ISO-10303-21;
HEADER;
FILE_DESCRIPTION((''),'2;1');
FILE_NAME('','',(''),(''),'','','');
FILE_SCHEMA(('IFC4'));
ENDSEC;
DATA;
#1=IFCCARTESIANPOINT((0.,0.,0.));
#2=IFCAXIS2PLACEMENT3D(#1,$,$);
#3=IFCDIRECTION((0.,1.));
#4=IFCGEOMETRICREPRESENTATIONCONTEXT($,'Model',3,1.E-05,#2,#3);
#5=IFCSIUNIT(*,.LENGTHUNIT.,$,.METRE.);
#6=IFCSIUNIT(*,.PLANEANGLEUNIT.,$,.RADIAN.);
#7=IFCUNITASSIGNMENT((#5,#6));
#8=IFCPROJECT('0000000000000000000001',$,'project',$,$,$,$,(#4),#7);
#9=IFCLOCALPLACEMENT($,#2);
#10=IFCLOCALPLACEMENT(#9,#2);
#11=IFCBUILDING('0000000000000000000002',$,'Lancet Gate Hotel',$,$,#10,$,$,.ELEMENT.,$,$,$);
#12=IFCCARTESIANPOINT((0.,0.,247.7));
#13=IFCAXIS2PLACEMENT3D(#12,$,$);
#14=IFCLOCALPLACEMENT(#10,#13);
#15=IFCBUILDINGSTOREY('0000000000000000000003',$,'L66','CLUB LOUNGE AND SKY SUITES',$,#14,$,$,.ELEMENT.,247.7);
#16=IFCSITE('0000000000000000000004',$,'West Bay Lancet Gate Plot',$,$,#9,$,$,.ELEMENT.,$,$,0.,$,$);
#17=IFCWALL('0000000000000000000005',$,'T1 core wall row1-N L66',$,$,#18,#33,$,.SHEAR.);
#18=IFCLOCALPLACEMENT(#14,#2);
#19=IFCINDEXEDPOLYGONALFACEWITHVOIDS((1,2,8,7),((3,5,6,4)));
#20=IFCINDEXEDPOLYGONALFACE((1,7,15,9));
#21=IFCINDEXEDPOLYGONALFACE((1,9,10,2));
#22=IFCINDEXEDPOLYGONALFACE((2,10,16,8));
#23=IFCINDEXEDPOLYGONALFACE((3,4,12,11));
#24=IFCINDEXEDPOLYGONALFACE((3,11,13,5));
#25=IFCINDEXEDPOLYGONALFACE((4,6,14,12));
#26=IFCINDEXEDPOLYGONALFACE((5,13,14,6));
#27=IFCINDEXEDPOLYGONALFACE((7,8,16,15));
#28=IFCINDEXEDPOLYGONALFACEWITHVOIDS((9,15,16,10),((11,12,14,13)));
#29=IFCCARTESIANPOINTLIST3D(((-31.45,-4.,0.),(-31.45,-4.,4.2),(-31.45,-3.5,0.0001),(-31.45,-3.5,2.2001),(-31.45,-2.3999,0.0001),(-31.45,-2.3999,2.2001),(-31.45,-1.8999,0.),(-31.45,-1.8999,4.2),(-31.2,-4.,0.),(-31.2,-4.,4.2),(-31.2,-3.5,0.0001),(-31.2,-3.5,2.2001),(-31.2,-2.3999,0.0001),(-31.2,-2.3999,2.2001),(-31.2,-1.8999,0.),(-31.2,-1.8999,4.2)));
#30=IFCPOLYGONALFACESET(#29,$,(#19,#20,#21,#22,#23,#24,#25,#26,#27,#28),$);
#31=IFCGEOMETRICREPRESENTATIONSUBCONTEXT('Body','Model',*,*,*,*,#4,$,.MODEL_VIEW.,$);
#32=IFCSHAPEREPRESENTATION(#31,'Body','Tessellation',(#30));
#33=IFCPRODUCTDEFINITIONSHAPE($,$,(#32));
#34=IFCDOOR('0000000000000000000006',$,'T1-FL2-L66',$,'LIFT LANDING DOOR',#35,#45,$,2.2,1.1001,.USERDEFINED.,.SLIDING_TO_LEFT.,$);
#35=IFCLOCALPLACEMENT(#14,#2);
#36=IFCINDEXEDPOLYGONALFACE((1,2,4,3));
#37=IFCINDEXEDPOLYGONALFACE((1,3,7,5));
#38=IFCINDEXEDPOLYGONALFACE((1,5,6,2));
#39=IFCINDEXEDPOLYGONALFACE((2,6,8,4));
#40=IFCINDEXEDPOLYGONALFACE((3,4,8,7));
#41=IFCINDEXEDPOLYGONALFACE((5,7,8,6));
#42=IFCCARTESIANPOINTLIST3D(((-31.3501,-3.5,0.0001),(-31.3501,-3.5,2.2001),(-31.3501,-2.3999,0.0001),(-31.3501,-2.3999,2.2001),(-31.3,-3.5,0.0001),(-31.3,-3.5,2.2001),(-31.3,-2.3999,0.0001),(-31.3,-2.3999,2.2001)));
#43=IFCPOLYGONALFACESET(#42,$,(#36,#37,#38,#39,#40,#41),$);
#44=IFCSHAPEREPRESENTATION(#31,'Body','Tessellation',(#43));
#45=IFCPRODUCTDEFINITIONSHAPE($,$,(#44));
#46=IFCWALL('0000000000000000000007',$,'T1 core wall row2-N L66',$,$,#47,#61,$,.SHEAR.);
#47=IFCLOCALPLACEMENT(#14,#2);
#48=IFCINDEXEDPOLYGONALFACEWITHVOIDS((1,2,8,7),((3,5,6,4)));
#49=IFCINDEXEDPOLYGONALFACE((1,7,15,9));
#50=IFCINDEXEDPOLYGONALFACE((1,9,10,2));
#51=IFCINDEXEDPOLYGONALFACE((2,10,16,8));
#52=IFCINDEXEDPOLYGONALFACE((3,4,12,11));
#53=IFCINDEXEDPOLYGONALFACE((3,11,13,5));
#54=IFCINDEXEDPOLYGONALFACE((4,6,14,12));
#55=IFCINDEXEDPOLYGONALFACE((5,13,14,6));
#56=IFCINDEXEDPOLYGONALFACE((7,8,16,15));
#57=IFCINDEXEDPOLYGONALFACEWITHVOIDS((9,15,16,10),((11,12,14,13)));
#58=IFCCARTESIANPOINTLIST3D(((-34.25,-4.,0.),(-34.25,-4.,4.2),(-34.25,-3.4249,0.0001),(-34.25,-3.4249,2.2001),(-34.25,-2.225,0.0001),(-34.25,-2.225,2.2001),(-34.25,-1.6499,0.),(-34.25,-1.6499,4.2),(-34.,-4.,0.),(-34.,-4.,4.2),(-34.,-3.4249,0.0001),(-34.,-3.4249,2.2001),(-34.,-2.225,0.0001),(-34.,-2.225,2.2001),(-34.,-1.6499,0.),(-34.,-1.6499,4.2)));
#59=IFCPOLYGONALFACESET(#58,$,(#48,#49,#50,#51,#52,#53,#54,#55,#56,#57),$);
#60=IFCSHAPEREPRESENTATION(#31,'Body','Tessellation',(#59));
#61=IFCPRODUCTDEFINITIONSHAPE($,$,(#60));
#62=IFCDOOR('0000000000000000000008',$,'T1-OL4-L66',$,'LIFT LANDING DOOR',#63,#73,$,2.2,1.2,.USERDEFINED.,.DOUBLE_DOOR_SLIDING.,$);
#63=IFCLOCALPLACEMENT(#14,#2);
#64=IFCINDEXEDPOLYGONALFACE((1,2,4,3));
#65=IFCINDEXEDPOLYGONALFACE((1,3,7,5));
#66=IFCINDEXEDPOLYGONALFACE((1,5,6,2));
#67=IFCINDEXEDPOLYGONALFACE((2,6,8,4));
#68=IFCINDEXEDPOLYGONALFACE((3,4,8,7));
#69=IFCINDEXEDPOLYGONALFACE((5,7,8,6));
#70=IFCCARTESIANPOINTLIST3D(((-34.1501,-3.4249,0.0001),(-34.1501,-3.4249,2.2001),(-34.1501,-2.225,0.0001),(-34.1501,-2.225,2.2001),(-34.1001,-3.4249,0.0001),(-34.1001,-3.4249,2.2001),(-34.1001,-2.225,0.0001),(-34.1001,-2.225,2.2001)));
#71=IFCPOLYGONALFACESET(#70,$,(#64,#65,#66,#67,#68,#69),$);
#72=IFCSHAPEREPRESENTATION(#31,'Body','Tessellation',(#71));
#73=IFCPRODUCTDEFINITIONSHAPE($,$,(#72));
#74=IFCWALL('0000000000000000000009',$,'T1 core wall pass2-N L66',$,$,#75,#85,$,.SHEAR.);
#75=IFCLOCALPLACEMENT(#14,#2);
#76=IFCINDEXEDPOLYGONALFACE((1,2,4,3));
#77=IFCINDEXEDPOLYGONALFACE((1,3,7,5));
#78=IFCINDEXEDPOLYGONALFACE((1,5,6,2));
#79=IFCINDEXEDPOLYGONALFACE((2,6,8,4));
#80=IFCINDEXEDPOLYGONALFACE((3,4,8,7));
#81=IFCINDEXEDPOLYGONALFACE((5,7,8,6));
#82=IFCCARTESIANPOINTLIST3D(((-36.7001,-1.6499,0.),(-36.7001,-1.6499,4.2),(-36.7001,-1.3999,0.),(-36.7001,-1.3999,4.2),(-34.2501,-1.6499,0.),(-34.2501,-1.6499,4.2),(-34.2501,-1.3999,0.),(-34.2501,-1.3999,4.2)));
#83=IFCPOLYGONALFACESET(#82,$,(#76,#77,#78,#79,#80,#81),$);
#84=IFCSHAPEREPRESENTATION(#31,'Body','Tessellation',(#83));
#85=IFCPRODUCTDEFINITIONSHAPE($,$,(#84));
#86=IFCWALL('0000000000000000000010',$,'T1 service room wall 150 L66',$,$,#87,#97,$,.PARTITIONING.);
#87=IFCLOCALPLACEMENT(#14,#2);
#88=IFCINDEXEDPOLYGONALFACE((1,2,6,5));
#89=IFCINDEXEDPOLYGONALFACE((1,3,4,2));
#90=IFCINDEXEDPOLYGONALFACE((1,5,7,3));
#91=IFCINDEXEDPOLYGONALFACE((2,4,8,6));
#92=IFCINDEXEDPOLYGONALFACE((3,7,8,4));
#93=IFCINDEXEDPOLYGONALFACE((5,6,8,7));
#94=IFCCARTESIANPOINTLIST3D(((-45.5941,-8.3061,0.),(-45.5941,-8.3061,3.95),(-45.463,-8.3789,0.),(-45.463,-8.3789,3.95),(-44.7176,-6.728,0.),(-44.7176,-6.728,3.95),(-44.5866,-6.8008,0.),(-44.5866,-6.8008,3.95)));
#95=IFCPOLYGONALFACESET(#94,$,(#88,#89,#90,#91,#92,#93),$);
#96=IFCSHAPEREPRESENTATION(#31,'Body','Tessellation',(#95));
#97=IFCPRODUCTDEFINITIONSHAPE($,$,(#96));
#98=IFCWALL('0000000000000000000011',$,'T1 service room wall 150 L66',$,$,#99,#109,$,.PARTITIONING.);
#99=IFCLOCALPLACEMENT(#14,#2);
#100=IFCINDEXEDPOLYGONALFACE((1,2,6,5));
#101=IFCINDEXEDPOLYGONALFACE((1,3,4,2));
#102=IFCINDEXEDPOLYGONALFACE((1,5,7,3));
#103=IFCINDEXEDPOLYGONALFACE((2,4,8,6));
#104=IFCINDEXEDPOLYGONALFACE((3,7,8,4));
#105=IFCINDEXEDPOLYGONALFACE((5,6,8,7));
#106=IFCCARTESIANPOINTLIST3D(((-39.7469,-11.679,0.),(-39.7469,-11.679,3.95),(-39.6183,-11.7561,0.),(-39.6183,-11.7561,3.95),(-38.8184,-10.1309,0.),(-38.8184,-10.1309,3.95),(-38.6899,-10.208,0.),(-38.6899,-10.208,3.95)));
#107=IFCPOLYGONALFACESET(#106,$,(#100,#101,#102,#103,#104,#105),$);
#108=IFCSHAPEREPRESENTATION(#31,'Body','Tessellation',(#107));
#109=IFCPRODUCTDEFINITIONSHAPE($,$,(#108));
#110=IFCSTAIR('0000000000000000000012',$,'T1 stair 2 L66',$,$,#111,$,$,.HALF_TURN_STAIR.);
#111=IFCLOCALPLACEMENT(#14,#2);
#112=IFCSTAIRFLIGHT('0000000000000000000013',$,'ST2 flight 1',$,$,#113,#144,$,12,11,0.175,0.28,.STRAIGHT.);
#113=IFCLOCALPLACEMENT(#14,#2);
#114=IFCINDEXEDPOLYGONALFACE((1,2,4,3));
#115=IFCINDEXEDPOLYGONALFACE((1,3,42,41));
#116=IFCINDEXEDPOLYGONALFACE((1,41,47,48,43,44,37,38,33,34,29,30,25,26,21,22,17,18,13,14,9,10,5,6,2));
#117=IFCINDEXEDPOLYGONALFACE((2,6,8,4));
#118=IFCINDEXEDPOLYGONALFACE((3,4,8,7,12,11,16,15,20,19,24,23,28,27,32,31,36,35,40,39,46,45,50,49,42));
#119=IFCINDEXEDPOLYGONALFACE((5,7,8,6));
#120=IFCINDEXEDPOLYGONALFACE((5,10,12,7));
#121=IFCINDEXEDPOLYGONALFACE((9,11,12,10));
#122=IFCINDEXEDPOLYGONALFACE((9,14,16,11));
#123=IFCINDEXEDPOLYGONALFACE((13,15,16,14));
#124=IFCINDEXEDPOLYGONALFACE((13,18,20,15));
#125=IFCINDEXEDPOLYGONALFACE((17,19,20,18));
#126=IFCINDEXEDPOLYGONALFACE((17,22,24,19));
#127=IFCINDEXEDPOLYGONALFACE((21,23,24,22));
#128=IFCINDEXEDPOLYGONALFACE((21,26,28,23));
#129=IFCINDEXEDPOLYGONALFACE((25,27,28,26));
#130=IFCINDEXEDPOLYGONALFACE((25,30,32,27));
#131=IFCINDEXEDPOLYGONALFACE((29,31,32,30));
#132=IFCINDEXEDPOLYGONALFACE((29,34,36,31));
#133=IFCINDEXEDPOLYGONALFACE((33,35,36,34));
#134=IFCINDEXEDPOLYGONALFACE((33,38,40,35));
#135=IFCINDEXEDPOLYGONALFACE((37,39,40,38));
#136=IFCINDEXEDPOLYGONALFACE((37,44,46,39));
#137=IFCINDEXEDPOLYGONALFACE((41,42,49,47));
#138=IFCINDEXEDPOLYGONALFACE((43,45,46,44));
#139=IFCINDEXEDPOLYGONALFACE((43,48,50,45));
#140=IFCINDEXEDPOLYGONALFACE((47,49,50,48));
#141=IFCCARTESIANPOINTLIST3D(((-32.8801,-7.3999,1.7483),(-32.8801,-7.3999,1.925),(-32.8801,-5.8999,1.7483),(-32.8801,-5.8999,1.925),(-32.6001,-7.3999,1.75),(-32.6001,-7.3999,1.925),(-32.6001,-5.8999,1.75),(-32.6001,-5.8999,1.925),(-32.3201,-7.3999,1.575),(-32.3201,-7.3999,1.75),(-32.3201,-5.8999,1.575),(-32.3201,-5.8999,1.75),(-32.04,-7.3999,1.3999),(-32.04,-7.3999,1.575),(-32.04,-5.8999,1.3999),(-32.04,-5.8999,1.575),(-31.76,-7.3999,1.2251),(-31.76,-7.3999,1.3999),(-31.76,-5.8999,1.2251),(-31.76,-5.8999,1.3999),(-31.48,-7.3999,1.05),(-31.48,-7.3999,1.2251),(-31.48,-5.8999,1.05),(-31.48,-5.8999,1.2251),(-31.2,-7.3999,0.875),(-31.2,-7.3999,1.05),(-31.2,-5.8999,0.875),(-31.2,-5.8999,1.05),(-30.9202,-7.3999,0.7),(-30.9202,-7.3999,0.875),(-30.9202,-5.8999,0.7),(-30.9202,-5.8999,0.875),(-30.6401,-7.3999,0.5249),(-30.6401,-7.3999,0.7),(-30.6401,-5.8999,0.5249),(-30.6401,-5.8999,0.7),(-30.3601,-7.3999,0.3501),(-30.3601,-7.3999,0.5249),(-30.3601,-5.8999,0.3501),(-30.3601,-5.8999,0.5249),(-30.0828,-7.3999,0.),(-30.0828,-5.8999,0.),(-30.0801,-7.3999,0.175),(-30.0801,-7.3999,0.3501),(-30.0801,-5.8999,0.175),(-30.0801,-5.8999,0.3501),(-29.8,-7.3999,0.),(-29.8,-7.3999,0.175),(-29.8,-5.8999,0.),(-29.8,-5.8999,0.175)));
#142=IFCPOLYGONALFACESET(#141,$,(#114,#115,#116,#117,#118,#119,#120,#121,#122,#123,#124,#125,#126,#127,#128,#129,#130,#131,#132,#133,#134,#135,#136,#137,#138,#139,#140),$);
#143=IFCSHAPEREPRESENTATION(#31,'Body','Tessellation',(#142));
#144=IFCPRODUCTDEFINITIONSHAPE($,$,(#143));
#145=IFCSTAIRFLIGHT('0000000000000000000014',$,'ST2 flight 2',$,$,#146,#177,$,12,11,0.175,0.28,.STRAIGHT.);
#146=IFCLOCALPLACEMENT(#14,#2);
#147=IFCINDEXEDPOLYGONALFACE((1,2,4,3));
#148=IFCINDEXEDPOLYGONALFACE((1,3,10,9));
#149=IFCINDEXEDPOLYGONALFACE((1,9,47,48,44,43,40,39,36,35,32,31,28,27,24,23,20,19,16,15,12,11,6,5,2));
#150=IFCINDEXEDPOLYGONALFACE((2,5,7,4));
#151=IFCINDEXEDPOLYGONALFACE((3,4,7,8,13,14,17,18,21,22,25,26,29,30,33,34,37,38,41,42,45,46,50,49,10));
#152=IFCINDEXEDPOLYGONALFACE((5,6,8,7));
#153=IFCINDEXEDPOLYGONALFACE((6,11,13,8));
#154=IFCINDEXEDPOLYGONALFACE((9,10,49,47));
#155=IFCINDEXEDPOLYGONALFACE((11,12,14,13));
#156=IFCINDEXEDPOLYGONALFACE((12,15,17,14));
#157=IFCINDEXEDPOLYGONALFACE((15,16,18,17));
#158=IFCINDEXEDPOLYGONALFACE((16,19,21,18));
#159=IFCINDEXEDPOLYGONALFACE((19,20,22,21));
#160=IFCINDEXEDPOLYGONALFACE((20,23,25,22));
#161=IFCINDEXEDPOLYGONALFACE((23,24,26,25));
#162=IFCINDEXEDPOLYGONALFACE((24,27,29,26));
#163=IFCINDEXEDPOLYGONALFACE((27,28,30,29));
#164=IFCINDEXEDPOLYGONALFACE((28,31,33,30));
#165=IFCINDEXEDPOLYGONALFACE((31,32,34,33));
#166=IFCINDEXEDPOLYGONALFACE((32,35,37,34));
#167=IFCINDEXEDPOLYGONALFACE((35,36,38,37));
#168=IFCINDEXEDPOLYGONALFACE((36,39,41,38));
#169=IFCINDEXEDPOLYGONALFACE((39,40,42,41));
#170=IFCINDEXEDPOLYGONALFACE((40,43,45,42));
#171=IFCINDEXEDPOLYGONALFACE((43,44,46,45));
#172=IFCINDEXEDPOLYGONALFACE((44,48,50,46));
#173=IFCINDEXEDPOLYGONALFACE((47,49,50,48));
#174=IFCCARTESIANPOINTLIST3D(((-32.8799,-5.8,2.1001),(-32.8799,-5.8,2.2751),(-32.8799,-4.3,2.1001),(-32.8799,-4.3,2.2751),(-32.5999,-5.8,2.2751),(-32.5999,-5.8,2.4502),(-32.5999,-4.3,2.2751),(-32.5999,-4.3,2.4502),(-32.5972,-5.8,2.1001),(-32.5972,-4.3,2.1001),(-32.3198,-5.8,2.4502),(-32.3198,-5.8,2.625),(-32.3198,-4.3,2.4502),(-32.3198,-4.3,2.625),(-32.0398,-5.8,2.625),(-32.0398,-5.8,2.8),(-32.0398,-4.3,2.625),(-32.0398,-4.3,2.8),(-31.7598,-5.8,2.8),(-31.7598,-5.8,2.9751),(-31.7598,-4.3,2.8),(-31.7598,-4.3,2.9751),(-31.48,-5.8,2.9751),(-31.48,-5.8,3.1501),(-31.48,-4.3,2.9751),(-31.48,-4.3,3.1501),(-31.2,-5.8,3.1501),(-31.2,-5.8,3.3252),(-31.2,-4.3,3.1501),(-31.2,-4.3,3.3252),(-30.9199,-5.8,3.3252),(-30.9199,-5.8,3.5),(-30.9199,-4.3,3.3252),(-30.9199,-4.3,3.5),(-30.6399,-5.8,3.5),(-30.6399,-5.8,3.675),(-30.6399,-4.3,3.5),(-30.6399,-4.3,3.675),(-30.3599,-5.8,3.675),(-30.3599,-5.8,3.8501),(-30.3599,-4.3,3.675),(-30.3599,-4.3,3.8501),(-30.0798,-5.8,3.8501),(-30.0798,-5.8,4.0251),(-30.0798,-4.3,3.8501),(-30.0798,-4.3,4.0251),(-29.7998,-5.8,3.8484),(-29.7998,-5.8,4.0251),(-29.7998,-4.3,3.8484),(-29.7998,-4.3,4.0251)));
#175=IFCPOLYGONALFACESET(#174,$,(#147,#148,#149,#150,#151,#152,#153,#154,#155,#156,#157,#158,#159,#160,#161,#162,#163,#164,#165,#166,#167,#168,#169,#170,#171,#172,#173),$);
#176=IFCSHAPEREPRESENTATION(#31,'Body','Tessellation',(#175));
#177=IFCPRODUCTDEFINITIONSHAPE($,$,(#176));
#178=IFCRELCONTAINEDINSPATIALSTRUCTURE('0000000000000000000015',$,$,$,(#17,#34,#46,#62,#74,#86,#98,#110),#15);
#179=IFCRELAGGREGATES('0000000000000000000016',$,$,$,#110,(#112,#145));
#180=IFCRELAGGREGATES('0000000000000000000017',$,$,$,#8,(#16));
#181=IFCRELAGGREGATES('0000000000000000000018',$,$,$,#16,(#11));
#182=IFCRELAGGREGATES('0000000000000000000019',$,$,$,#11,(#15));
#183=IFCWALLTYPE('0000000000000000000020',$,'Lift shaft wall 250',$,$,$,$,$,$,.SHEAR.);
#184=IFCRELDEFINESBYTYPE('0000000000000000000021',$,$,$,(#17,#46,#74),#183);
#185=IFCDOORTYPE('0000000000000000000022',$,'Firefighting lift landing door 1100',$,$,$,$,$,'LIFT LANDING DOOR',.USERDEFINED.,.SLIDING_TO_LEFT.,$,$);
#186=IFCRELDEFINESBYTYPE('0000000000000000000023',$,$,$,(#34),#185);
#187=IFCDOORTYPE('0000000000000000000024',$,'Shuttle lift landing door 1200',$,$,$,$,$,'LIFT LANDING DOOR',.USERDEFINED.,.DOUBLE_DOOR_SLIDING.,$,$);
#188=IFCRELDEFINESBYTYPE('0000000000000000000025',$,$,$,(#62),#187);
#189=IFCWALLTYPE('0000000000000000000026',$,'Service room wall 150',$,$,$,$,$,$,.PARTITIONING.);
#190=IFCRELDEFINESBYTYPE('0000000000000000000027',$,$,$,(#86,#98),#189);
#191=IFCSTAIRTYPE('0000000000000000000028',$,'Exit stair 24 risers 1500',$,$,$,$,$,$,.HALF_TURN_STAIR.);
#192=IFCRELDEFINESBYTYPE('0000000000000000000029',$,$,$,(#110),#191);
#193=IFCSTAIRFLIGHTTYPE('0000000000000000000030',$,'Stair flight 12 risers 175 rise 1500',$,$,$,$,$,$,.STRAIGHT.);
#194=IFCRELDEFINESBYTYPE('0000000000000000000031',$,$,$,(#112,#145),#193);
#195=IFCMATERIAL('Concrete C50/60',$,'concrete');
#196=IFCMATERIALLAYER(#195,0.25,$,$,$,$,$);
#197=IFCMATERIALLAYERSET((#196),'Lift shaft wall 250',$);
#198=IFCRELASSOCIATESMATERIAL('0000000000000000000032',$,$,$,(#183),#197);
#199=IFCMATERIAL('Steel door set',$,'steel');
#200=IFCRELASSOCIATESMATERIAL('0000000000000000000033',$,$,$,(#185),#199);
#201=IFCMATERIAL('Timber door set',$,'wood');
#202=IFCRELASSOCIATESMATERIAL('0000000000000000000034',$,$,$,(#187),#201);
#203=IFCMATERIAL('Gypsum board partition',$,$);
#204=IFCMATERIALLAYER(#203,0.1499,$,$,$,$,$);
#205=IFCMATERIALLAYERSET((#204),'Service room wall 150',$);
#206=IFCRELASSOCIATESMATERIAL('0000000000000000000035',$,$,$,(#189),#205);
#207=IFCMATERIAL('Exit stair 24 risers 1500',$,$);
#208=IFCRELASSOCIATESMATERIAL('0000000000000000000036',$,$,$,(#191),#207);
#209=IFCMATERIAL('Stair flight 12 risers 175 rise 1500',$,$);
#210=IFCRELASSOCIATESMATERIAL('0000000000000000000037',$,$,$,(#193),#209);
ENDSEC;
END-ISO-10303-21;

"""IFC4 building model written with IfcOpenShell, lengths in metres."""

from ifc_helpers import new_model, si_unit, direction, frame, frame_2d, origin, place, context, subcontext, project, spatial, polyline, rectangle, outline, extrude, material, layer, layer_set, type_object, element, fill, aggregate, save


model = new_model("IFC4")

# Units and contexts
model_context = context("Model", 3, precision=1e-05, world=origin(), true_north=direction((0.0, 1.0)))
body_context = subcontext(model_context, "Body", "Model", "MODEL_VIEW")
ifc_project = project(units=[si_unit("LENGTHUNIT", "METRE"), si_unit("PLANEANGLEUNIT", "RADIAN")], contexts=[model_context])

# Site, building, storey
site_placement = place(None, origin())
site = spatial("IfcSite", under=ifc_project, at=site_placement, Name="West Bay Lancet Gate Plot", CompositionType="ELEMENT", RefElevation=0.0)
building_placement = place(site_placement, origin())
building = spatial("IfcBuilding", under=site, at=building_placement, Name="Lancet Gate Hotel", CompositionType="ELEMENT")
storey_placement = place(building_placement, frame((0.0, 0.0, 247.7)))
storey = spatial("IfcBuildingStorey", under=building, at=storey_placement, Name="L66", Description="CLUB LOUNGE AND SKY SUITES", CompositionType="ELEMENT", Elevation=247.7)

# Walls, openings, doors
ifc_material_1 = material(Name="Concrete C50/60", Category="concrete")
ifc_layer_1 = layer(ifc_material_1, 0.25)
ifc_layer_set_1 = layer_set([ifc_layer_1], Name="Lift shaft wall 250")
wall_type_1 = type_object("IfcWallType", Name="Lift shaft wall 250", PredefinedType="SHEAR", material=ifc_layer_set_1)
wall_1_placement = place(storey_placement, frame((-31.325, -1.8999, 0.0), z_axis=(0.0, 0.0, 1.0), x_axis=(0.0, -1.0, 0.0)))
wall_1 = element("IfcWall", 1, at=wall_1_placement, inside=storey, type_object=wall_type_1, Name="T1 core wall row1-N L66", PredefinedType="SHEAR", context=body_context, shape_type="SweptSolid", body=[
    extrude(rectangle(XDim=2.1001, YDim=0.25, at=frame_2d((1.05, 0.0))), origin(), (0.0, 0.0, 1.0), 4.2),
])
opening_1_placement = place(wall_1_placement, frame((0.5, 0.0, 0.0)))
opening_1 = element("IfcOpeningElement", 2, at=opening_1_placement, cuts=wall_1, PredefinedType="OPENING", context=body_context, shape_type="SweptSolid", body=[
    extrude(rectangle(XDim=1.1001, YDim=2.2, at=frame_2d((0.55, 1.1001))), frame((0.0, 0.135, 0.0), z_axis=(0.0, -1.0, 0.0), x_axis=(1.0, 0.0, 0.0)), (0.0, 0.0, 1.0), 0.27),
])
ifc_material_2 = material(Name="Steel door set", Category="steel")
door_type_1 = type_object("IfcDoorType", Name="Firefighting lift landing door 1100", ElementType="LIFT LANDING DOOR", OperationType="SLIDING_TO_LEFT", PredefinedType="USERDEFINED", material=ifc_material_2)
door_1_placement = place(opening_1_placement, origin())
door_1 = element("IfcDoor", 3, at=door_1_placement, inside=storey, type_object=door_type_1, Name="T1-FL2-L66", ObjectType="LIFT LANDING DOOR", OperationType="SLIDING_TO_LEFT", OverallHeight=2.2, OverallWidth=1.1001, PredefinedType="USERDEFINED", context=body_context, shape_type="SweptSolid", body=[
    extrude(rectangle(XDim=1.1001, YDim=2.2, at=frame_2d((0.55, 1.1001))), frame((0.0, 0.0249, 0.0), z_axis=(0.0, -1.0, 0.0), x_axis=(1.0, 0.0, 0.0)), (0.0, 0.0, 1.0), 0.05),
])
fill(opening_1, door_1)
wall_2_placement = place(storey_placement, frame((-34.125, -1.6499, 0.0), z_axis=(0.0, 0.0, 1.0), x_axis=(0.0, -1.0, 0.0)))
wall_2 = element("IfcWall", 4, at=wall_2_placement, inside=storey, type_object=wall_type_1, Name="T1 core wall row2-N L66", PredefinedType="SHEAR", context=body_context, shape_type="SweptSolid", body=[
    extrude(rectangle(XDim=2.3501, YDim=0.25, at=frame_2d((1.175, 0.0))), origin(), (0.0, 0.0, 1.0), 4.2),
])
opening_2_placement = place(wall_2_placement, frame((0.575, 0.0, 0.0)))
opening_2 = element("IfcOpeningElement", 5, at=opening_2_placement, cuts=wall_2, PredefinedType="OPENING", context=body_context, shape_type="SweptSolid", body=[
    extrude(rectangle(XDim=1.2, YDim=2.2, at=frame_2d((0.6001, 1.1001))), frame((0.0, 0.135, 0.0), z_axis=(0.0, -1.0, 0.0), x_axis=(1.0, 0.0, 0.0)), (0.0, 0.0, 1.0), 0.27),
])
ifc_material_3 = material(Name="Timber door set", Category="wood")
door_type_2 = type_object("IfcDoorType", Name="Shuttle lift landing door 1200", ElementType="LIFT LANDING DOOR", OperationType="DOUBLE_DOOR_SLIDING", PredefinedType="USERDEFINED", material=ifc_material_3)
door_2_placement = place(opening_2_placement, origin())
door_2 = element("IfcDoor", 6, at=door_2_placement, inside=storey, type_object=door_type_2, Name="T1-OL4-L66", ObjectType="LIFT LANDING DOOR", OperationType="DOUBLE_DOOR_SLIDING", OverallHeight=2.2, OverallWidth=1.2, PredefinedType="USERDEFINED", context=body_context, shape_type="SweptSolid", body=[
    extrude(rectangle(XDim=1.2, YDim=2.2, at=frame_2d((0.6001, 1.1001))), frame((0.0, 0.0249, 0.0), z_axis=(0.0, -1.0, 0.0), x_axis=(1.0, 0.0, 0.0)), (0.0, 0.0, 1.0), 0.05),
])
fill(opening_2, door_2)

# Walls
wall_3_placement = place(storey_placement, frame((-34.25, -1.5249, 0.0), z_axis=(0.0, 0.0, 1.0), x_axis=(-1.0, 0.0, 0.0)))
element("IfcWall", 7, at=wall_3_placement, inside=storey, type_object=wall_type_1, Name="T1 core wall pass2-N L66", PredefinedType="SHEAR", context=body_context, shape_type="SweptSolid", body=[
    extrude(rectangle(XDim=2.45, YDim=0.25, at=frame_2d((1.2251, 0.0))), origin(), (0.0, 0.0, 1.0), 4.2),
])
ifc_material_4 = material(Name="Gypsum board partition")
ifc_layer_2 = layer(ifc_material_4, 0.1499)
ifc_layer_set_2 = layer_set([ifc_layer_2], Name="Service room wall 150")
wall_type_2 = type_object("IfcWallType", Name="Service room wall 150", PredefinedType="PARTITIONING", material=ifc_layer_set_2)
for number, where, z_axis, x_axis, name in (
    (8, (-44.6521, -6.7644, 0.0), (0.0, 0.0, 1.0), (-0.485528, -0.874221, 0.0), "T1 service room wall 150 L66"),
    (9, (-39.6826, -11.7175, 0.0), (0.0, 0.0, 1.0), (0.514337, 0.857588, 0.0), "T1 service room wall 150 L66"),
):
    element("IfcWall", number, at=place(storey_placement, frame(where, z_axis=z_axis, x_axis=x_axis)), inside=storey, type_object=wall_type_2, Name=name, PredefinedType="PARTITIONING", context=body_context, shape_type="SweptSolid", body=[
        extrude(rectangle(XDim=1.8052, YDim=0.1499, at=frame_2d((0.9026, 0.0))), origin(), (0.0, 0.0, 1.0), 3.95),
    ])

# Stair, stair flights
ifc_material_5 = material(Name="Exit stair 24 risers 1500")
stair_type = type_object("IfcStairType", Name="Exit stair 24 risers 1500", PredefinedType="HALF_TURN_STAIR", material=ifc_material_5)
stair_placement = place(storey_placement, origin())
stair = element("IfcStair", 10, at=stair_placement, inside=storey, type_object=stair_type, Name="T1 stair 2 L66", PredefinedType="HALF_TURN_STAIR")
ifc_material_6 = material(Name="Stair flight 12 risers 175 rise 1500")
stair_flight_type = type_object("IfcStairFlightType", Name="Stair flight 12 risers 175 rise 1500", PredefinedType="STRAIGHT", material=ifc_material_6)
stair_flight_1_placement = place(storey_placement, frame((-29.8, -6.6499, 0.0), z_axis=(0.0, 0.0, 1.0), x_axis=(-1.0, 0.0, 0.0)))
stair_flight_1 = element("IfcStairFlight", 11, at=stair_flight_1_placement, type_object=stair_flight_type, Name="ST2 flight 1", NumberOfRisers=12, NumberOfTreads=11, PredefinedType="STRAIGHT", RiserHeight=0.175, TreadLength=0.28, context=body_context, shape_type="SweptSolid", body=[
    extrude(outline(polyline([(0.0, 0.0), (0.0, 0.175), (0.28, 0.175), (0.28, 0.3501), (0.5601, 0.3501), (0.5601, 0.5249), (0.8401, 0.5249), (0.8401, 0.7), (1.1201, 0.7), (1.1201, 0.875), (1.3999, 0.875), (1.3999, 1.05), (1.6799, 1.05), (1.6799, 1.2251), (1.96, 1.2251), (1.96, 1.3999), (2.24, 1.3999), (2.24, 1.575), (2.52, 1.575), (2.52, 1.75), (2.8, 1.75), (2.8, 1.925), (3.0801, 1.925), (3.0801, 2.1001), (3.0801, 1.7483), (0.2827, 0.0), (0.0, 0.0)])), frame((0.0, 0.75, 0.0), z_axis=(0.0, -1.0, 0.0), x_axis=(1.0, 0.0, 0.0)), (0.0, 0.0, 1.0), 1.5),
])
stair_flight_2_placement = place(storey_placement, frame((-32.8799, -5.05, 2.1001), z_axis=(0.0, 0.0, 1.0), x_axis=(1.0, 0.0, 0.0)))
stair_flight_2 = element("IfcStairFlight", 12, at=stair_flight_2_placement, type_object=stair_flight_type, Name="ST2 flight 2", NumberOfRisers=12, NumberOfTreads=11, PredefinedType="STRAIGHT", RiserHeight=0.175, TreadLength=0.28, context=body_context, shape_type="SweptSolid", body=[
    extrude(outline(polyline([(0.0, 0.0), (0.0, 0.175), (0.28, 0.175), (0.28, 0.3501), (0.5601, 0.3501), (0.5601, 0.5249), (0.8401, 0.5249), (0.8401, 0.7), (1.1201, 0.7), (1.1201, 0.875), (1.3999, 0.875), (1.3999, 1.05), (1.6799, 1.05), (1.6799, 1.2251), (1.96, 1.2251), (1.96, 1.3999), (2.24, 1.3999), (2.24, 1.575), (2.52, 1.575), (2.52, 1.75), (2.8, 1.75), (2.8, 1.925), (3.0801, 1.925), (3.0801, 2.1001), (3.0801, 1.7483), (0.2827, 0.0), (0.0, 0.0)])), frame((0.0, 0.75, 0.0), z_axis=(0.0, -1.0, 0.0), x_axis=(1.0, 0.0, 0.0)), (0.0, 0.0, 1.0), 1.5),
])
aggregate(stair, [stair_flight_1, stair_flight_2])

save(model, "model.ifc")
